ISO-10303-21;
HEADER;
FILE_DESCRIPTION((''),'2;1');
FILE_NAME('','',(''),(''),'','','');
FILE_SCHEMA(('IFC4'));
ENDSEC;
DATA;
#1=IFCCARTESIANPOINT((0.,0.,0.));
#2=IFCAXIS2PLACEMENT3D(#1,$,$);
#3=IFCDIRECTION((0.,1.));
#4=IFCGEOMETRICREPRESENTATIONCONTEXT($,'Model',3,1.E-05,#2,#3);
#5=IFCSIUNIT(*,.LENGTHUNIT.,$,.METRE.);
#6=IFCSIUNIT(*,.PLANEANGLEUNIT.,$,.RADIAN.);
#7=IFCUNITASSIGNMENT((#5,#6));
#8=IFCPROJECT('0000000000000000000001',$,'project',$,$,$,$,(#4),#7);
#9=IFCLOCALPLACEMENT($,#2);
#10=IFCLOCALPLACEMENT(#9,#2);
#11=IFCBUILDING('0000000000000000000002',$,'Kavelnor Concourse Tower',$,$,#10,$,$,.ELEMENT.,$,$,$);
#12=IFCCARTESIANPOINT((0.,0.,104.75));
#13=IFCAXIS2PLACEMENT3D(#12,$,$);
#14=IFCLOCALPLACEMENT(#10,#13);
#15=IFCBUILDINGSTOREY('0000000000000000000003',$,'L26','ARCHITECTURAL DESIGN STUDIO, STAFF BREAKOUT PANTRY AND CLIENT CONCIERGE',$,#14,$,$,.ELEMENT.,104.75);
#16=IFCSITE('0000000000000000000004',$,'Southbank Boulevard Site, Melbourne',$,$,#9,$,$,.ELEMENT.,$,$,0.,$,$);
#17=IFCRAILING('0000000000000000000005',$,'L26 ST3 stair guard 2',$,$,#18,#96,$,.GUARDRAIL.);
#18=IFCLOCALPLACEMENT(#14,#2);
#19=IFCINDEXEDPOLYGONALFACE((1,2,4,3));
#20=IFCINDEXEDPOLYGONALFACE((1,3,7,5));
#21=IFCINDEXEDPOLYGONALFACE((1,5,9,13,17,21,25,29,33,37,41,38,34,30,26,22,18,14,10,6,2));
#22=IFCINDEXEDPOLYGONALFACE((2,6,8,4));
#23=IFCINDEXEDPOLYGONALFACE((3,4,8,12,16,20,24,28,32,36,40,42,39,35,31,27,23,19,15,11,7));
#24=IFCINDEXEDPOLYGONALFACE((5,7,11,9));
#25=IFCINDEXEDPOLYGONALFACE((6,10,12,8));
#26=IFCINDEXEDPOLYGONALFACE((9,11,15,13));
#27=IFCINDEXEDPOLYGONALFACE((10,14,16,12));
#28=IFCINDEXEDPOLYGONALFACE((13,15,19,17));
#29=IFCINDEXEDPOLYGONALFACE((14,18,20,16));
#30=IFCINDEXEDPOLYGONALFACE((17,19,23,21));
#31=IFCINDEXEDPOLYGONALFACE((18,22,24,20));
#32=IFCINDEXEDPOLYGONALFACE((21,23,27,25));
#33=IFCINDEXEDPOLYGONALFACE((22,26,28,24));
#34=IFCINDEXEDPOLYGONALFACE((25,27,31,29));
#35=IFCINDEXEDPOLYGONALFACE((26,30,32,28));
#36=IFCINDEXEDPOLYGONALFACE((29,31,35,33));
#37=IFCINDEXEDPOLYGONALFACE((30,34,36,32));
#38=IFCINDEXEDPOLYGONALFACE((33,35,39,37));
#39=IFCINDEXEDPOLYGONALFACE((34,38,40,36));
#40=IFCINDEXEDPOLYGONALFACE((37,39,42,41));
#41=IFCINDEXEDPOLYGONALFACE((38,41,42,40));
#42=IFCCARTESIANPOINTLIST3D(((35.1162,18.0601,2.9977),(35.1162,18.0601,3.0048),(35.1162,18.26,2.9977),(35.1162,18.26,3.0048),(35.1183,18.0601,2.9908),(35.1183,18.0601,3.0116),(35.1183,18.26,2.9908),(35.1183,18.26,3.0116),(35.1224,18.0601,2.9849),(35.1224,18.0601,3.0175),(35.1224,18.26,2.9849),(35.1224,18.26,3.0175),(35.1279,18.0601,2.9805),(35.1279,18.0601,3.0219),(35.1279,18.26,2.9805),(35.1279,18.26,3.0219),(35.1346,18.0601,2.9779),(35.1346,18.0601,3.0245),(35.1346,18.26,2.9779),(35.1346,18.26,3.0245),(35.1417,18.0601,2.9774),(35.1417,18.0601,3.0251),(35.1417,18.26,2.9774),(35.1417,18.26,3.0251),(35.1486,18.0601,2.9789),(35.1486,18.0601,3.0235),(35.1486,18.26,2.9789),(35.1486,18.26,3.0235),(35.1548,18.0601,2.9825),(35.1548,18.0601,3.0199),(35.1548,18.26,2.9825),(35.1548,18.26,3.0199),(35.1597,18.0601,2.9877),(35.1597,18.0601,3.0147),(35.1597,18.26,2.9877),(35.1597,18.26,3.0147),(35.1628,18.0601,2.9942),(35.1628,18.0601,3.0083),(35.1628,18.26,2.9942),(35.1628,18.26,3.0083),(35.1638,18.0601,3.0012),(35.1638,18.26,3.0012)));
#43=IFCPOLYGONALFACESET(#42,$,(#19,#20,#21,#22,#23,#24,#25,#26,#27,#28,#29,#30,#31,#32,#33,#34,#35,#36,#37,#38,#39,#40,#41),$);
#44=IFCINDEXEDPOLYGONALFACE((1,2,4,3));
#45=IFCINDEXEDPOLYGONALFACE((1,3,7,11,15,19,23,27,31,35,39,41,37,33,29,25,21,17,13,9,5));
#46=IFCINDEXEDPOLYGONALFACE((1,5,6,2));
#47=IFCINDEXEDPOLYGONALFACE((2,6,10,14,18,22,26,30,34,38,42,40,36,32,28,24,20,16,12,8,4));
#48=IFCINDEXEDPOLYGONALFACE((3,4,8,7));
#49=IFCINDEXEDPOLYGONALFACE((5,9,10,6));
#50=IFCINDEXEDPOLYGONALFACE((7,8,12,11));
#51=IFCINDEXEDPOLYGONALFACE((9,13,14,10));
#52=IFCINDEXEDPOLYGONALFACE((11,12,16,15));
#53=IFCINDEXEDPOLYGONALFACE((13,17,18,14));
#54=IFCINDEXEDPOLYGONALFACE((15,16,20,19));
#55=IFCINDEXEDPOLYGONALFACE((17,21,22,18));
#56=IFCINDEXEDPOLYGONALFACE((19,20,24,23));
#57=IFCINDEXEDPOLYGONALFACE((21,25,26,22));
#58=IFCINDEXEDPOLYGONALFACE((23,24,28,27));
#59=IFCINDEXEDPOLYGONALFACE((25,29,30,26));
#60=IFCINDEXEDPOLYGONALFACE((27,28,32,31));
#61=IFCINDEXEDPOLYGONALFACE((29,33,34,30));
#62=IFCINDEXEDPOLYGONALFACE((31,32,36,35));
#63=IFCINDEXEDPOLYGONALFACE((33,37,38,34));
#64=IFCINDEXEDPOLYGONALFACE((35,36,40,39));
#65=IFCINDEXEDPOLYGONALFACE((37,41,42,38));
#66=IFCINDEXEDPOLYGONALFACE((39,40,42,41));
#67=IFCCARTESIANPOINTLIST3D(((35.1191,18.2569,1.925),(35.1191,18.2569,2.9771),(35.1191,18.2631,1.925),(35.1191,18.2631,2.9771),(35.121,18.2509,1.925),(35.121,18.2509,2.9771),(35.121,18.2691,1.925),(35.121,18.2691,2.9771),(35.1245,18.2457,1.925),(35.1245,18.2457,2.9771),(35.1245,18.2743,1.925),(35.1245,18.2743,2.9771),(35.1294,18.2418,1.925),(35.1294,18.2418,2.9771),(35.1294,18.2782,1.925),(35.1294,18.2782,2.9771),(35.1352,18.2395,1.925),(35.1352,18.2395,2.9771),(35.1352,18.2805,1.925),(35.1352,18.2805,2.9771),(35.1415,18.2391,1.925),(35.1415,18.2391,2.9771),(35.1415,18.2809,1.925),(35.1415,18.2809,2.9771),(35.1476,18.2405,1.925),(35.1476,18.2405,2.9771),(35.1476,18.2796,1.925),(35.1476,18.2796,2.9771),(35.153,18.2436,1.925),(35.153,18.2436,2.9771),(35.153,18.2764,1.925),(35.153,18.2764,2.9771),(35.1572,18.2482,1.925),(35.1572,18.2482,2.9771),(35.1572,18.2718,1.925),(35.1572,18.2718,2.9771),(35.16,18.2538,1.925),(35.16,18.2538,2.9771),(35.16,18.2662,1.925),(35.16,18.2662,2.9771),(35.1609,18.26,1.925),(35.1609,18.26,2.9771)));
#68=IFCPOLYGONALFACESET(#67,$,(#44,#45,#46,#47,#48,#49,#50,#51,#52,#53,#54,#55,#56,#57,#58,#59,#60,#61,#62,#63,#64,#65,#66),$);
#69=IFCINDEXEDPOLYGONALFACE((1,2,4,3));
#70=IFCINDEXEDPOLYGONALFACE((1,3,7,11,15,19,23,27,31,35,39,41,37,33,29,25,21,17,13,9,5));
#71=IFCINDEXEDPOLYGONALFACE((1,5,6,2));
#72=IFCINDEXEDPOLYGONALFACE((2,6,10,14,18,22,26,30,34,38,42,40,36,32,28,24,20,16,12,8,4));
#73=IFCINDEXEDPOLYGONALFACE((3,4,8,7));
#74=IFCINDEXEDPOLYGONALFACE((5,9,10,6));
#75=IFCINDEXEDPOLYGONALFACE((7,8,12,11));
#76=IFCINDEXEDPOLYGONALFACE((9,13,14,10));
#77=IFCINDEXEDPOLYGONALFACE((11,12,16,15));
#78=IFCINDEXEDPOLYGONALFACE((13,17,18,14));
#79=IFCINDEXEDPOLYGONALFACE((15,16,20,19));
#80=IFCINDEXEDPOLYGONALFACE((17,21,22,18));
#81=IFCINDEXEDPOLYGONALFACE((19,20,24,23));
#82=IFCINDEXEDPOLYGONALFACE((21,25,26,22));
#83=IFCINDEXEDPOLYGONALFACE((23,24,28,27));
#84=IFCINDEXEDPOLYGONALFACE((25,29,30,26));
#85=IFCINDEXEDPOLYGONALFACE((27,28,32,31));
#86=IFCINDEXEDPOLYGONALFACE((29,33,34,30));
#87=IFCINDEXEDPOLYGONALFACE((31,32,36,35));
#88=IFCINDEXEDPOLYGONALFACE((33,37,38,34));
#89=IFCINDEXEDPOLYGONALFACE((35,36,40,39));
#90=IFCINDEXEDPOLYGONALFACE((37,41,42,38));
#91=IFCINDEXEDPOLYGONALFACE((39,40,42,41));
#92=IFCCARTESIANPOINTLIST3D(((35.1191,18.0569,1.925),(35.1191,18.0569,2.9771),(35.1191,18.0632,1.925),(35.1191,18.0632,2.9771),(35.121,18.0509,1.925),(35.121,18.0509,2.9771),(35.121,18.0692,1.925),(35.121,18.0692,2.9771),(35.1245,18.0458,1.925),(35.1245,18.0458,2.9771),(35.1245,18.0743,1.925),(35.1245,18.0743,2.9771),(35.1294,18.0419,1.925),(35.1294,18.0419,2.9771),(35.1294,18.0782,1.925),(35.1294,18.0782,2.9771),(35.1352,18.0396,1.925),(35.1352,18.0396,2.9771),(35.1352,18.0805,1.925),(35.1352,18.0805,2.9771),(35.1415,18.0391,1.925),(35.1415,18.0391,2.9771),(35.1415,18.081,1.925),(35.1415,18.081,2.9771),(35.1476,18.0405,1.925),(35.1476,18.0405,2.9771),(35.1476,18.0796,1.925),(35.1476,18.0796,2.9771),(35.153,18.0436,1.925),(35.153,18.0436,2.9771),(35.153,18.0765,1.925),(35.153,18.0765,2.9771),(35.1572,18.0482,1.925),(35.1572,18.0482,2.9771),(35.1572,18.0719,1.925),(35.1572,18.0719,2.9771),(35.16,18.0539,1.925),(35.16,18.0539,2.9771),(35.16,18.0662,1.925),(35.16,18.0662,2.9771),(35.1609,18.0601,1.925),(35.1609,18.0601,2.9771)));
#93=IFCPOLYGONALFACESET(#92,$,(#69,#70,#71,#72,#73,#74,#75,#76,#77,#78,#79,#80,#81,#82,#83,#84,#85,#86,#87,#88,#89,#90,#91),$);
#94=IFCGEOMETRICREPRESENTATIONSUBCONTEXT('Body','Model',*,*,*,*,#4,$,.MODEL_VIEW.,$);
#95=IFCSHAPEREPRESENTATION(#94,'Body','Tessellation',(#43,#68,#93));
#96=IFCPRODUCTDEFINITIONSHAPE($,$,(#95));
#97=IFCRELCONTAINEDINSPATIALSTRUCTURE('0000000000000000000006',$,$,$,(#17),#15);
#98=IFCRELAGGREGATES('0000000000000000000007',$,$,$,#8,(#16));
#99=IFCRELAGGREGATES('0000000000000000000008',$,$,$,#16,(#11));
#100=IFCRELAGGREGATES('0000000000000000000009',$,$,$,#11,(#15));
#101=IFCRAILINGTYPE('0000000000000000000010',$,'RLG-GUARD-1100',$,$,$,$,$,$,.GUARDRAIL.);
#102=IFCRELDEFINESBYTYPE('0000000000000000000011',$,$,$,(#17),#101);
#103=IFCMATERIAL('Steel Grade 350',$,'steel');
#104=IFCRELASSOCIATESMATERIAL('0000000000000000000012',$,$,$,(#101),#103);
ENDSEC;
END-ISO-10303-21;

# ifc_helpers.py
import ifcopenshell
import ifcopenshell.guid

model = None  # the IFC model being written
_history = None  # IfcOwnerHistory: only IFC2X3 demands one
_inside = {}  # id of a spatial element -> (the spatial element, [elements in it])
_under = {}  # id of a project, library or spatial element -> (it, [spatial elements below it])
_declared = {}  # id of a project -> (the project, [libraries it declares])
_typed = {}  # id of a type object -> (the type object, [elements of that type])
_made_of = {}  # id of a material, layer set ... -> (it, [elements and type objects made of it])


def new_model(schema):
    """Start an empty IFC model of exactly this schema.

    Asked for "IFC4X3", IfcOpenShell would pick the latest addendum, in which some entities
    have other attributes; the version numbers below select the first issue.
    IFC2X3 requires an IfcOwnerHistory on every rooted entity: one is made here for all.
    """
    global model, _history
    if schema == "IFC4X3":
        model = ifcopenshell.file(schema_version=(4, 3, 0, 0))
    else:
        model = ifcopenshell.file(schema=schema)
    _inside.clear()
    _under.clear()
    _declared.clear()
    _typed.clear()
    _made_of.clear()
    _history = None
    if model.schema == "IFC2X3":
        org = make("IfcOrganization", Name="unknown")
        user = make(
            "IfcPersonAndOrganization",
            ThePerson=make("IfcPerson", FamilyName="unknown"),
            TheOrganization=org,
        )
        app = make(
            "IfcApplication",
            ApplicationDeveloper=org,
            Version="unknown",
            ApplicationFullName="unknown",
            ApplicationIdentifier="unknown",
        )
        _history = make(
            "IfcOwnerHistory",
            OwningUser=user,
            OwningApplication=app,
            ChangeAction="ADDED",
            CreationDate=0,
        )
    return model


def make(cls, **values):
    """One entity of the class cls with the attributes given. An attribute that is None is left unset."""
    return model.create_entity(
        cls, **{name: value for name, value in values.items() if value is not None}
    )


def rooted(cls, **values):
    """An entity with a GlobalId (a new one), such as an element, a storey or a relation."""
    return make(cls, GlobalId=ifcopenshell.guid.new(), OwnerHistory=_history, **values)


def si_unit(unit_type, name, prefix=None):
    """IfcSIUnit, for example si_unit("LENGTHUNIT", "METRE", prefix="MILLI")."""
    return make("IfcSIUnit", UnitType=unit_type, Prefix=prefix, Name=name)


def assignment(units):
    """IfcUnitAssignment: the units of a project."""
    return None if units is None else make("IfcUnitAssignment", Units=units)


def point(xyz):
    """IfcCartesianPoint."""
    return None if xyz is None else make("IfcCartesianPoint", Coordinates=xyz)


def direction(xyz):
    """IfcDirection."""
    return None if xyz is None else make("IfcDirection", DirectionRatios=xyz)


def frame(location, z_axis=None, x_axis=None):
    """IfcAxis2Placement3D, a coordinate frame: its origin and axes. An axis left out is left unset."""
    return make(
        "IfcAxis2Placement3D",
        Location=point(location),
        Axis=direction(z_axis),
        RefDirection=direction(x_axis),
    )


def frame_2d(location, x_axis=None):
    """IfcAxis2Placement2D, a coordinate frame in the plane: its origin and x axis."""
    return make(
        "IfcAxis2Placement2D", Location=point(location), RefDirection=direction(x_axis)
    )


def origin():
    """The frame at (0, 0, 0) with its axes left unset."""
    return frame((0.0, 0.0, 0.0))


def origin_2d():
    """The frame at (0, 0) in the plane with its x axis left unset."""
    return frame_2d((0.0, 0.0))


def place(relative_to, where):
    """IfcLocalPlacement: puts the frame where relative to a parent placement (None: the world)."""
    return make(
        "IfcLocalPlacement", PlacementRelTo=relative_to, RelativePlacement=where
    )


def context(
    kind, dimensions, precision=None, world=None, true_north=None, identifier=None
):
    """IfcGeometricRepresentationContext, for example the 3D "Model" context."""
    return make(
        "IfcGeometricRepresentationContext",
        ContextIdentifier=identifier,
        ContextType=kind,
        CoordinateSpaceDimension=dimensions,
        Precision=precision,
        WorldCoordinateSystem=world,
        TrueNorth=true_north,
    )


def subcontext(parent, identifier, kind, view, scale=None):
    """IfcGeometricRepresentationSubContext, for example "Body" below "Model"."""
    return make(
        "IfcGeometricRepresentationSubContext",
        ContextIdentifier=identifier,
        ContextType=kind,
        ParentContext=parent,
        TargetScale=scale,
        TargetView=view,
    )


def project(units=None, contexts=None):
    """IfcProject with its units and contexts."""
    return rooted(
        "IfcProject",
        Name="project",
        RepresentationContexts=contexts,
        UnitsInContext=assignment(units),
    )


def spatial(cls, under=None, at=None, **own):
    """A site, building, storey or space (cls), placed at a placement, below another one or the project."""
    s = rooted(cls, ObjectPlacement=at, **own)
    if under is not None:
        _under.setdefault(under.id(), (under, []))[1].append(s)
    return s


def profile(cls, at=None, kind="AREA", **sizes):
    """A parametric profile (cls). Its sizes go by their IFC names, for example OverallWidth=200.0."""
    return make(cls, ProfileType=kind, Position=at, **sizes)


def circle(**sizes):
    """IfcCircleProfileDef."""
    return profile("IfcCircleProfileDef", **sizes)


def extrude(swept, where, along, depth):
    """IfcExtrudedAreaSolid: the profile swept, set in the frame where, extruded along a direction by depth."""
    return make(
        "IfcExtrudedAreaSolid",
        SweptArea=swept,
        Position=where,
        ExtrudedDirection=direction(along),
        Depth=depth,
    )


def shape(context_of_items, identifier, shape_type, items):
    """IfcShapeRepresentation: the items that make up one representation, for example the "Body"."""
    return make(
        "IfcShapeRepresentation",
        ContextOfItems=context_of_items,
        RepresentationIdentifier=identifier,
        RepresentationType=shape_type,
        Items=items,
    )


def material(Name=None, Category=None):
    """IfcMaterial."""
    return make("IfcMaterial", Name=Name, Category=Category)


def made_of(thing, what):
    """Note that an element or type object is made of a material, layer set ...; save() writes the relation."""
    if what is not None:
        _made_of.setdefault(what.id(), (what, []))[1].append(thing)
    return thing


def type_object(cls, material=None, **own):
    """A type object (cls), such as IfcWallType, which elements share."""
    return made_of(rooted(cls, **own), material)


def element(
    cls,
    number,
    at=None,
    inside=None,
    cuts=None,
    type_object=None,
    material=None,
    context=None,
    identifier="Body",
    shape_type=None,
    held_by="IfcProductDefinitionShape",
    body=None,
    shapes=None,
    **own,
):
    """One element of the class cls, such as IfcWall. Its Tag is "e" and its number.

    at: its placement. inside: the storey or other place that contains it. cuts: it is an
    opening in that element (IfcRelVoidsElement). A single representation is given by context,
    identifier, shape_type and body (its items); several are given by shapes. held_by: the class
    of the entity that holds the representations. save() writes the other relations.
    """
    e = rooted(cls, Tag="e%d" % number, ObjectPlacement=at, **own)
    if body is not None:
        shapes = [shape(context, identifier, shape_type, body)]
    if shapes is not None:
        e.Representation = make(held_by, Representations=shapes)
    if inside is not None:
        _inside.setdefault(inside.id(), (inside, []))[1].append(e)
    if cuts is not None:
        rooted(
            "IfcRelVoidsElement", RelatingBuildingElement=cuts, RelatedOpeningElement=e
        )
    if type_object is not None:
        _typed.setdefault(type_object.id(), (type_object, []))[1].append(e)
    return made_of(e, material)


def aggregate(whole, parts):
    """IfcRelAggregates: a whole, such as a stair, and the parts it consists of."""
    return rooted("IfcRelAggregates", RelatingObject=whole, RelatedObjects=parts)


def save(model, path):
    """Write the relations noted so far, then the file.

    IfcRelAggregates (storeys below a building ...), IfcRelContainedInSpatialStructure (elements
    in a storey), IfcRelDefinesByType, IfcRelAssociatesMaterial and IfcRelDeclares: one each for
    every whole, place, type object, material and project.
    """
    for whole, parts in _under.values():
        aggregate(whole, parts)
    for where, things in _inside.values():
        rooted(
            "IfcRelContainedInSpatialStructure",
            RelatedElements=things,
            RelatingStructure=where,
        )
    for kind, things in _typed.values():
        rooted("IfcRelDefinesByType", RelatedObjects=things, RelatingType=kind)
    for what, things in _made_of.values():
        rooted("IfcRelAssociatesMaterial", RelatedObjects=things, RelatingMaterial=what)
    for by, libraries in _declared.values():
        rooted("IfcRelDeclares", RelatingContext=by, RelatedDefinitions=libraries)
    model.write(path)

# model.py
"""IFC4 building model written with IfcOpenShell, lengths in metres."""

from ifc_helpers import new_model, si_unit, direction, frame, origin, origin_2d, place, context, subcontext, project, spatial, circle, extrude, material, type_object, element, save


model = new_model("IFC4")

# Units and contexts
model_context = context("Model", 3, precision=1e-05, world=origin(), true_north=direction((0.0, 1.0)))
body_context = subcontext(model_context, "Body", "Model", "MODEL_VIEW")
ifc_project = project(units=[si_unit("LENGTHUNIT", "METRE"), si_unit("PLANEANGLEUNIT", "RADIAN")], contexts=[model_context])

# Site, building, storey
site_placement = place(None, origin())
site = spatial("IfcSite", under=ifc_project, at=site_placement, Name="Southbank Boulevard Site, Melbourne", CompositionType="ELEMENT", RefElevation=0.0)
building_placement = place(site_placement, origin())
building = spatial("IfcBuilding", under=site, at=building_placement, Name="Kavelnor Concourse Tower", CompositionType="ELEMENT")
storey_placement = place(building_placement, frame((0.0, 0.0, 104.75)))
storey = spatial("IfcBuildingStorey", under=building, at=storey_placement, Name="L26", Description="ARCHITECTURAL DESIGN STUDIO, STAFF BREAKOUT PANTRY AND CLIENT CONCIERGE", CompositionType="ELEMENT", Elevation=104.75)

# Shared definitions
ifc_material_1 = material(Name="Steel Grade 350", Category="steel")

# Railing
railing_type_1 = type_object("IfcRailingType", Name="RLG-GUARD-1100", PredefinedType="GUARDRAIL", material=ifc_material_1)
railing_1_placement = place(storey_placement, frame((35.1399, 18.26, 1.925)))
element("IfcRailing", 1, at=railing_1_placement, inside=storey, type_object=railing_type_1, Name="L26 ST3 stair guard 2", PredefinedType="GUARDRAIL", context=body_context, shape_type="SweptSolid", body=[
    extrude(circle(Radius=0.0239, at=origin_2d()), frame((0.0, 0.0, 1.0762), z_axis=(0.0, -1.0, 0.0), x_axis=(1.0, 0.0, 0.0)), (0.0, 0.0, 1.0), 0.2),
    extrude(circle(Radius=0.021, at=origin_2d()), origin(), (0.0, 0.0, 1.0), 1.052),
    extrude(circle(Radius=0.021, at=origin_2d()), frame((0.0, -0.2, 0.0)), (0.0, 0.0, 1.0), 1.052),
])

save(model, "model.ifc")
